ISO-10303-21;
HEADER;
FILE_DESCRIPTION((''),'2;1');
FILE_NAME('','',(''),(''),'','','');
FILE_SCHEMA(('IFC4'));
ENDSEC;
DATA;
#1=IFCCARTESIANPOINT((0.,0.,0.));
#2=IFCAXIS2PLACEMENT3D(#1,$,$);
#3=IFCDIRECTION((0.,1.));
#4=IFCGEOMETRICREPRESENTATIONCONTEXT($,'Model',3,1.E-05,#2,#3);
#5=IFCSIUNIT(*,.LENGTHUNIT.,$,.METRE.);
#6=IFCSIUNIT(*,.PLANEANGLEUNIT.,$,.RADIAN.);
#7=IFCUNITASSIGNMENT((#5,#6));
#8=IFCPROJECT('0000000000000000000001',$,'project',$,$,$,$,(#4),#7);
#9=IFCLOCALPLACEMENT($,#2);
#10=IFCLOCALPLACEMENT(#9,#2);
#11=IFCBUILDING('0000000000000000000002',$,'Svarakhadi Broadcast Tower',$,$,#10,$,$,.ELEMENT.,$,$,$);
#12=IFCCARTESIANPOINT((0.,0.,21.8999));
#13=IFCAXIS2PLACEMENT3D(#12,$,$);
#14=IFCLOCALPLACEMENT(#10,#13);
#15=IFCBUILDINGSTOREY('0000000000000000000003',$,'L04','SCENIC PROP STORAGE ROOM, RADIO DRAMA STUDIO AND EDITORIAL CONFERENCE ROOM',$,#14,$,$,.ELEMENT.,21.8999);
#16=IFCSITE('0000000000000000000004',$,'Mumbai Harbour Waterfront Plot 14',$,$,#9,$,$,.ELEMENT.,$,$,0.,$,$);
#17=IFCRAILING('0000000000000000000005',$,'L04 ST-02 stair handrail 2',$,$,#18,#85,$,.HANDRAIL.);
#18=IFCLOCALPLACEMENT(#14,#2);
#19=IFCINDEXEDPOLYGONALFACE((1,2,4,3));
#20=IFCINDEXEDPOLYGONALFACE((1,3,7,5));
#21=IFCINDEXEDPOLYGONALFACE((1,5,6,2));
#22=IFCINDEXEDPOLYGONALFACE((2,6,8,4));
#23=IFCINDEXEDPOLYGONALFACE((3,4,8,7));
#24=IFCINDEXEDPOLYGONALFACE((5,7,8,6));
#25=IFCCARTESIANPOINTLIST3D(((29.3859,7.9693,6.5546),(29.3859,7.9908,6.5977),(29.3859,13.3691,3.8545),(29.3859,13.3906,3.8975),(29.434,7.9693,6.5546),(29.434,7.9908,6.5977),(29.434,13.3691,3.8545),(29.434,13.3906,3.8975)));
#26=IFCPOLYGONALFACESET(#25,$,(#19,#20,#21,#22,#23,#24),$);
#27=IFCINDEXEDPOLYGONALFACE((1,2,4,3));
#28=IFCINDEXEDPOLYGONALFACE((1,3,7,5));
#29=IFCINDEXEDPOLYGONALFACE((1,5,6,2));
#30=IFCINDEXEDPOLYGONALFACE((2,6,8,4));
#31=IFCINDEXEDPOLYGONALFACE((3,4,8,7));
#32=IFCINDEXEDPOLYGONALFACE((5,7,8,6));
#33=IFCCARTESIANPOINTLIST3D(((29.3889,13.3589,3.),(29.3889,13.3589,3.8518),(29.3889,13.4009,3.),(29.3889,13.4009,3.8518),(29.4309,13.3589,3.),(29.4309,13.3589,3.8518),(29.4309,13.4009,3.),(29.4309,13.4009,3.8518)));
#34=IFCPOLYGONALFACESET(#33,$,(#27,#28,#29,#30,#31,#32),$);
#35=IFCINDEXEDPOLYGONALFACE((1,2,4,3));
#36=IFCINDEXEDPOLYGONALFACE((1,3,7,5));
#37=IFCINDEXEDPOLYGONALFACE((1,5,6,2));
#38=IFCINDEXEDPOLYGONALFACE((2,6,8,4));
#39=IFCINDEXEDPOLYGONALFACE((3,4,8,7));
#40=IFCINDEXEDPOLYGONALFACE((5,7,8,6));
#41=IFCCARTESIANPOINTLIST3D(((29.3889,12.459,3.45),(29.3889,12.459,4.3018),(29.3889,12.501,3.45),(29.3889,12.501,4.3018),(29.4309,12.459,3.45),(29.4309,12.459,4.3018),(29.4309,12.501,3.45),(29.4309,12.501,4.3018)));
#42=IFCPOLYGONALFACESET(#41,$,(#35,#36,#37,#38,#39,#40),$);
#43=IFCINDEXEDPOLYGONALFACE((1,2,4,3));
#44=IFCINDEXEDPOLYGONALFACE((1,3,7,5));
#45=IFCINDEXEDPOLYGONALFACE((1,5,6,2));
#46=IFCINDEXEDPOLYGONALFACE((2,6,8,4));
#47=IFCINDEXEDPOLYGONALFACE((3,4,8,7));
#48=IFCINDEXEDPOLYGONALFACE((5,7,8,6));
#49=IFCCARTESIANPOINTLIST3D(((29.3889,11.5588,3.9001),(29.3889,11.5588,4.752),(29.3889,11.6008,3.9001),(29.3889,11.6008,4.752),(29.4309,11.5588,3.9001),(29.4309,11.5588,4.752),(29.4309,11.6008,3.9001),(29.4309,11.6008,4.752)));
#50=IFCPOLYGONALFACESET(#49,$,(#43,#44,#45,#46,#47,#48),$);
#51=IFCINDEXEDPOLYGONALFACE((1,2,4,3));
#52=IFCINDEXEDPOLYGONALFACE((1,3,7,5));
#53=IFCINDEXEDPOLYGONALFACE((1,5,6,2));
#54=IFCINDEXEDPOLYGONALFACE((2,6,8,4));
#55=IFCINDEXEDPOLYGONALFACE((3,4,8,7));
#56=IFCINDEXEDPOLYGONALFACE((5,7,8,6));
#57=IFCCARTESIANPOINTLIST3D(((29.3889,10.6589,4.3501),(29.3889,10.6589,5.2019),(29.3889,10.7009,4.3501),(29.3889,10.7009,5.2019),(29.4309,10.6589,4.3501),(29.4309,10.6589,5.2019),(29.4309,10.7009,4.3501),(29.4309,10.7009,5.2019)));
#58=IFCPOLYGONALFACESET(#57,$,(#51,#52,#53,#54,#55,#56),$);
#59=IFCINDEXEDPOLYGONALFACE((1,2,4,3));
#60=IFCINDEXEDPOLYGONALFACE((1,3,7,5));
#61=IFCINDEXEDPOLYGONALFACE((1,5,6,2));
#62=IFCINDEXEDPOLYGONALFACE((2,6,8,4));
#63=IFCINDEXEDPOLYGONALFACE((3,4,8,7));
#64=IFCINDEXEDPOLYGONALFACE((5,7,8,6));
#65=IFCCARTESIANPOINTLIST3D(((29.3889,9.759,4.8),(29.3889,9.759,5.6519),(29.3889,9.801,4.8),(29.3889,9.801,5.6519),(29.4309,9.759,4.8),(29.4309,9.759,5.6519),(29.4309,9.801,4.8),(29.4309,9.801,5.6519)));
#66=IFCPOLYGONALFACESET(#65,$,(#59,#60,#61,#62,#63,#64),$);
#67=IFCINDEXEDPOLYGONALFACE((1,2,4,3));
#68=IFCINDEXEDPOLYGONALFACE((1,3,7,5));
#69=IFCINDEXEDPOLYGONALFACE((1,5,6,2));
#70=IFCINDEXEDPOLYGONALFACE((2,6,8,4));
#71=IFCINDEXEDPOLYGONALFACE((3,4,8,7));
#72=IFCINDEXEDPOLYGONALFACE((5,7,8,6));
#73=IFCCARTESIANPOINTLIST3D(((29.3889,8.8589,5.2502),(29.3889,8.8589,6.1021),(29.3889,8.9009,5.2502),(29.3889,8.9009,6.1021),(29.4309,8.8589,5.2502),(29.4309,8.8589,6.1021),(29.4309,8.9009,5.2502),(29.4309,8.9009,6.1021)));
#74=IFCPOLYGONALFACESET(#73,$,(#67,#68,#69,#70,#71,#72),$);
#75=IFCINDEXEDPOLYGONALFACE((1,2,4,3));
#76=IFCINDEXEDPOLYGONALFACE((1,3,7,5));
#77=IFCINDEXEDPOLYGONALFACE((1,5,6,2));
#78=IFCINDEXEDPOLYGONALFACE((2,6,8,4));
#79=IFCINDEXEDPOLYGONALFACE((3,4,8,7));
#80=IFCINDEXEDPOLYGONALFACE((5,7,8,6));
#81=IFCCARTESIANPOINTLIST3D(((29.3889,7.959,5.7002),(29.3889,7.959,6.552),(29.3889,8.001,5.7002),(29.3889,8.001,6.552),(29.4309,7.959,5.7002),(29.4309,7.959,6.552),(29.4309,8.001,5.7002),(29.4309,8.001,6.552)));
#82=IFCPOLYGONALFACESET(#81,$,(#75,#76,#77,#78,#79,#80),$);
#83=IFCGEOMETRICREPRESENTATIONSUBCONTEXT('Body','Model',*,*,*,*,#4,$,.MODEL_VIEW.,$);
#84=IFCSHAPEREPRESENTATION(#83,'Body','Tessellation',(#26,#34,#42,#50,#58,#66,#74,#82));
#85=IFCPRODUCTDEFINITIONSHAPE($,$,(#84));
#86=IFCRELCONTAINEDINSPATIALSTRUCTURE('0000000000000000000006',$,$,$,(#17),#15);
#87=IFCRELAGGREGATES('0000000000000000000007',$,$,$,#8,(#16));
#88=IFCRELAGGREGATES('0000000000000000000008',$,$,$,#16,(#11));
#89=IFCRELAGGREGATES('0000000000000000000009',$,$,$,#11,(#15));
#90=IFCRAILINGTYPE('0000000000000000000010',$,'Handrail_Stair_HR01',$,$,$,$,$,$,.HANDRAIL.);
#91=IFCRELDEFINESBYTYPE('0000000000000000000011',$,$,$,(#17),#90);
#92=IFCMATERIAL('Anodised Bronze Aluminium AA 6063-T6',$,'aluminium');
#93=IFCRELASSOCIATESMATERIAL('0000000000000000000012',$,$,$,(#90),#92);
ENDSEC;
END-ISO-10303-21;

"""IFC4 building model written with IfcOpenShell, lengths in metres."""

from ifc_helpers import new_model, si_unit, direction, frame, origin, origin_2d, place, context, subcontext, project, spatial, rectangle, extrude, material, type_object, element, save


model = new_model("IFC4")

# Units and contexts
model_context = context("Model", 3, precision=1e-05, world=origin(), true_north=direction((0.0, 1.0)))
body_context = subcontext(model_context, "Body", "Model", "MODEL_VIEW")
ifc_project = project(units=[si_unit("LENGTHUNIT", "METRE"), si_unit("PLANEANGLEUNIT", "RADIAN")], contexts=[model_context])

# Site, building, storey
site_placement = place(None, origin())
site = spatial("IfcSite", under=ifc_project, at=site_placement, Name="Mumbai Harbour Waterfront Plot 14", CompositionType="ELEMENT", RefElevation=0.0)
building_placement = place(site_placement, origin())
building = spatial("IfcBuilding", under=site, at=building_placement, Name="Svarakhadi Broadcast Tower", CompositionType="ELEMENT")
storey_placement = place(building_placement, frame((0.0, 0.0, 21.8999)))
storey = spatial("IfcBuildingStorey", under=building, at=storey_placement, Name="L04", Description="SCENIC PROP STORAGE ROOM, RADIO DRAMA STUDIO AND EDITORIAL CONFERENCE ROOM", CompositionType="ELEMENT", Elevation=21.8999)

# Railing
ifc_material_1 = material(Name="Anodised Bronze Aluminium AA 6063-T6", Category="aluminium")
railing_type_1 = type_object("IfcRailingType", Name="Handrail_Stair_HR01", PredefinedType="HANDRAIL", material=ifc_material_1)
railing_1_placement = place(storey_placement, frame((29.4099, 13.3799, 3.0)))
element("IfcRailing", 1, at=railing_1_placement, inside=storey, type_object=railing_type_1, Name="L04 ST-02 stair handrail 2", PredefinedType="HANDRAIL", context=body_context, shape_type="SweptSolid", body=[
    extrude(rectangle(XDim=0.0481, YDim=0.0481, at=origin_2d()), frame((0.0, 0.0, 0.876), z_axis=(0.0, -0.894411, 0.447246), x_axis=(1.0, 0.0, 0.0)), (0.0, 0.0, 1.0), 6.0374),
    extrude(rectangle(XDim=0.042, YDim=0.042, at=origin_2d()), origin(), (0.0, 0.0, 1.0), 0.8518),
    extrude(rectangle(XDim=0.042, YDim=0.042, at=origin_2d()), frame((0.0, -0.8999, 0.45)), (0.0, 0.0, 1.0), 0.8518),
    extrude(rectangle(XDim=0.042, YDim=0.042, at=origin_2d()), frame((0.0, -1.8, 0.9001)), (0.0, 0.0, 1.0), 0.8518),
    extrude(rectangle(XDim=0.042, YDim=0.042, at=origin_2d()), frame((0.0, -2.7, 1.3501)), (0.0, 0.0, 1.0), 0.8518),
    extrude(rectangle(XDim=0.042, YDim=0.042, at=origin_2d()), frame((0.0, -3.5999, 1.8)), (0.0, 0.0, 1.0), 0.8518),
    extrude(rectangle(XDim=0.042, YDim=0.042, at=origin_2d()), frame((0.0, -4.5, 2.2502)), (0.0, 0.0, 1.0), 0.8518),
    extrude(rectangle(XDim=0.042, YDim=0.042, at=origin_2d()), frame((0.0, -5.3999, 2.7002)), (0.0, 0.0, 1.0), 0.8518),
])

save(model, "model.ifc")
